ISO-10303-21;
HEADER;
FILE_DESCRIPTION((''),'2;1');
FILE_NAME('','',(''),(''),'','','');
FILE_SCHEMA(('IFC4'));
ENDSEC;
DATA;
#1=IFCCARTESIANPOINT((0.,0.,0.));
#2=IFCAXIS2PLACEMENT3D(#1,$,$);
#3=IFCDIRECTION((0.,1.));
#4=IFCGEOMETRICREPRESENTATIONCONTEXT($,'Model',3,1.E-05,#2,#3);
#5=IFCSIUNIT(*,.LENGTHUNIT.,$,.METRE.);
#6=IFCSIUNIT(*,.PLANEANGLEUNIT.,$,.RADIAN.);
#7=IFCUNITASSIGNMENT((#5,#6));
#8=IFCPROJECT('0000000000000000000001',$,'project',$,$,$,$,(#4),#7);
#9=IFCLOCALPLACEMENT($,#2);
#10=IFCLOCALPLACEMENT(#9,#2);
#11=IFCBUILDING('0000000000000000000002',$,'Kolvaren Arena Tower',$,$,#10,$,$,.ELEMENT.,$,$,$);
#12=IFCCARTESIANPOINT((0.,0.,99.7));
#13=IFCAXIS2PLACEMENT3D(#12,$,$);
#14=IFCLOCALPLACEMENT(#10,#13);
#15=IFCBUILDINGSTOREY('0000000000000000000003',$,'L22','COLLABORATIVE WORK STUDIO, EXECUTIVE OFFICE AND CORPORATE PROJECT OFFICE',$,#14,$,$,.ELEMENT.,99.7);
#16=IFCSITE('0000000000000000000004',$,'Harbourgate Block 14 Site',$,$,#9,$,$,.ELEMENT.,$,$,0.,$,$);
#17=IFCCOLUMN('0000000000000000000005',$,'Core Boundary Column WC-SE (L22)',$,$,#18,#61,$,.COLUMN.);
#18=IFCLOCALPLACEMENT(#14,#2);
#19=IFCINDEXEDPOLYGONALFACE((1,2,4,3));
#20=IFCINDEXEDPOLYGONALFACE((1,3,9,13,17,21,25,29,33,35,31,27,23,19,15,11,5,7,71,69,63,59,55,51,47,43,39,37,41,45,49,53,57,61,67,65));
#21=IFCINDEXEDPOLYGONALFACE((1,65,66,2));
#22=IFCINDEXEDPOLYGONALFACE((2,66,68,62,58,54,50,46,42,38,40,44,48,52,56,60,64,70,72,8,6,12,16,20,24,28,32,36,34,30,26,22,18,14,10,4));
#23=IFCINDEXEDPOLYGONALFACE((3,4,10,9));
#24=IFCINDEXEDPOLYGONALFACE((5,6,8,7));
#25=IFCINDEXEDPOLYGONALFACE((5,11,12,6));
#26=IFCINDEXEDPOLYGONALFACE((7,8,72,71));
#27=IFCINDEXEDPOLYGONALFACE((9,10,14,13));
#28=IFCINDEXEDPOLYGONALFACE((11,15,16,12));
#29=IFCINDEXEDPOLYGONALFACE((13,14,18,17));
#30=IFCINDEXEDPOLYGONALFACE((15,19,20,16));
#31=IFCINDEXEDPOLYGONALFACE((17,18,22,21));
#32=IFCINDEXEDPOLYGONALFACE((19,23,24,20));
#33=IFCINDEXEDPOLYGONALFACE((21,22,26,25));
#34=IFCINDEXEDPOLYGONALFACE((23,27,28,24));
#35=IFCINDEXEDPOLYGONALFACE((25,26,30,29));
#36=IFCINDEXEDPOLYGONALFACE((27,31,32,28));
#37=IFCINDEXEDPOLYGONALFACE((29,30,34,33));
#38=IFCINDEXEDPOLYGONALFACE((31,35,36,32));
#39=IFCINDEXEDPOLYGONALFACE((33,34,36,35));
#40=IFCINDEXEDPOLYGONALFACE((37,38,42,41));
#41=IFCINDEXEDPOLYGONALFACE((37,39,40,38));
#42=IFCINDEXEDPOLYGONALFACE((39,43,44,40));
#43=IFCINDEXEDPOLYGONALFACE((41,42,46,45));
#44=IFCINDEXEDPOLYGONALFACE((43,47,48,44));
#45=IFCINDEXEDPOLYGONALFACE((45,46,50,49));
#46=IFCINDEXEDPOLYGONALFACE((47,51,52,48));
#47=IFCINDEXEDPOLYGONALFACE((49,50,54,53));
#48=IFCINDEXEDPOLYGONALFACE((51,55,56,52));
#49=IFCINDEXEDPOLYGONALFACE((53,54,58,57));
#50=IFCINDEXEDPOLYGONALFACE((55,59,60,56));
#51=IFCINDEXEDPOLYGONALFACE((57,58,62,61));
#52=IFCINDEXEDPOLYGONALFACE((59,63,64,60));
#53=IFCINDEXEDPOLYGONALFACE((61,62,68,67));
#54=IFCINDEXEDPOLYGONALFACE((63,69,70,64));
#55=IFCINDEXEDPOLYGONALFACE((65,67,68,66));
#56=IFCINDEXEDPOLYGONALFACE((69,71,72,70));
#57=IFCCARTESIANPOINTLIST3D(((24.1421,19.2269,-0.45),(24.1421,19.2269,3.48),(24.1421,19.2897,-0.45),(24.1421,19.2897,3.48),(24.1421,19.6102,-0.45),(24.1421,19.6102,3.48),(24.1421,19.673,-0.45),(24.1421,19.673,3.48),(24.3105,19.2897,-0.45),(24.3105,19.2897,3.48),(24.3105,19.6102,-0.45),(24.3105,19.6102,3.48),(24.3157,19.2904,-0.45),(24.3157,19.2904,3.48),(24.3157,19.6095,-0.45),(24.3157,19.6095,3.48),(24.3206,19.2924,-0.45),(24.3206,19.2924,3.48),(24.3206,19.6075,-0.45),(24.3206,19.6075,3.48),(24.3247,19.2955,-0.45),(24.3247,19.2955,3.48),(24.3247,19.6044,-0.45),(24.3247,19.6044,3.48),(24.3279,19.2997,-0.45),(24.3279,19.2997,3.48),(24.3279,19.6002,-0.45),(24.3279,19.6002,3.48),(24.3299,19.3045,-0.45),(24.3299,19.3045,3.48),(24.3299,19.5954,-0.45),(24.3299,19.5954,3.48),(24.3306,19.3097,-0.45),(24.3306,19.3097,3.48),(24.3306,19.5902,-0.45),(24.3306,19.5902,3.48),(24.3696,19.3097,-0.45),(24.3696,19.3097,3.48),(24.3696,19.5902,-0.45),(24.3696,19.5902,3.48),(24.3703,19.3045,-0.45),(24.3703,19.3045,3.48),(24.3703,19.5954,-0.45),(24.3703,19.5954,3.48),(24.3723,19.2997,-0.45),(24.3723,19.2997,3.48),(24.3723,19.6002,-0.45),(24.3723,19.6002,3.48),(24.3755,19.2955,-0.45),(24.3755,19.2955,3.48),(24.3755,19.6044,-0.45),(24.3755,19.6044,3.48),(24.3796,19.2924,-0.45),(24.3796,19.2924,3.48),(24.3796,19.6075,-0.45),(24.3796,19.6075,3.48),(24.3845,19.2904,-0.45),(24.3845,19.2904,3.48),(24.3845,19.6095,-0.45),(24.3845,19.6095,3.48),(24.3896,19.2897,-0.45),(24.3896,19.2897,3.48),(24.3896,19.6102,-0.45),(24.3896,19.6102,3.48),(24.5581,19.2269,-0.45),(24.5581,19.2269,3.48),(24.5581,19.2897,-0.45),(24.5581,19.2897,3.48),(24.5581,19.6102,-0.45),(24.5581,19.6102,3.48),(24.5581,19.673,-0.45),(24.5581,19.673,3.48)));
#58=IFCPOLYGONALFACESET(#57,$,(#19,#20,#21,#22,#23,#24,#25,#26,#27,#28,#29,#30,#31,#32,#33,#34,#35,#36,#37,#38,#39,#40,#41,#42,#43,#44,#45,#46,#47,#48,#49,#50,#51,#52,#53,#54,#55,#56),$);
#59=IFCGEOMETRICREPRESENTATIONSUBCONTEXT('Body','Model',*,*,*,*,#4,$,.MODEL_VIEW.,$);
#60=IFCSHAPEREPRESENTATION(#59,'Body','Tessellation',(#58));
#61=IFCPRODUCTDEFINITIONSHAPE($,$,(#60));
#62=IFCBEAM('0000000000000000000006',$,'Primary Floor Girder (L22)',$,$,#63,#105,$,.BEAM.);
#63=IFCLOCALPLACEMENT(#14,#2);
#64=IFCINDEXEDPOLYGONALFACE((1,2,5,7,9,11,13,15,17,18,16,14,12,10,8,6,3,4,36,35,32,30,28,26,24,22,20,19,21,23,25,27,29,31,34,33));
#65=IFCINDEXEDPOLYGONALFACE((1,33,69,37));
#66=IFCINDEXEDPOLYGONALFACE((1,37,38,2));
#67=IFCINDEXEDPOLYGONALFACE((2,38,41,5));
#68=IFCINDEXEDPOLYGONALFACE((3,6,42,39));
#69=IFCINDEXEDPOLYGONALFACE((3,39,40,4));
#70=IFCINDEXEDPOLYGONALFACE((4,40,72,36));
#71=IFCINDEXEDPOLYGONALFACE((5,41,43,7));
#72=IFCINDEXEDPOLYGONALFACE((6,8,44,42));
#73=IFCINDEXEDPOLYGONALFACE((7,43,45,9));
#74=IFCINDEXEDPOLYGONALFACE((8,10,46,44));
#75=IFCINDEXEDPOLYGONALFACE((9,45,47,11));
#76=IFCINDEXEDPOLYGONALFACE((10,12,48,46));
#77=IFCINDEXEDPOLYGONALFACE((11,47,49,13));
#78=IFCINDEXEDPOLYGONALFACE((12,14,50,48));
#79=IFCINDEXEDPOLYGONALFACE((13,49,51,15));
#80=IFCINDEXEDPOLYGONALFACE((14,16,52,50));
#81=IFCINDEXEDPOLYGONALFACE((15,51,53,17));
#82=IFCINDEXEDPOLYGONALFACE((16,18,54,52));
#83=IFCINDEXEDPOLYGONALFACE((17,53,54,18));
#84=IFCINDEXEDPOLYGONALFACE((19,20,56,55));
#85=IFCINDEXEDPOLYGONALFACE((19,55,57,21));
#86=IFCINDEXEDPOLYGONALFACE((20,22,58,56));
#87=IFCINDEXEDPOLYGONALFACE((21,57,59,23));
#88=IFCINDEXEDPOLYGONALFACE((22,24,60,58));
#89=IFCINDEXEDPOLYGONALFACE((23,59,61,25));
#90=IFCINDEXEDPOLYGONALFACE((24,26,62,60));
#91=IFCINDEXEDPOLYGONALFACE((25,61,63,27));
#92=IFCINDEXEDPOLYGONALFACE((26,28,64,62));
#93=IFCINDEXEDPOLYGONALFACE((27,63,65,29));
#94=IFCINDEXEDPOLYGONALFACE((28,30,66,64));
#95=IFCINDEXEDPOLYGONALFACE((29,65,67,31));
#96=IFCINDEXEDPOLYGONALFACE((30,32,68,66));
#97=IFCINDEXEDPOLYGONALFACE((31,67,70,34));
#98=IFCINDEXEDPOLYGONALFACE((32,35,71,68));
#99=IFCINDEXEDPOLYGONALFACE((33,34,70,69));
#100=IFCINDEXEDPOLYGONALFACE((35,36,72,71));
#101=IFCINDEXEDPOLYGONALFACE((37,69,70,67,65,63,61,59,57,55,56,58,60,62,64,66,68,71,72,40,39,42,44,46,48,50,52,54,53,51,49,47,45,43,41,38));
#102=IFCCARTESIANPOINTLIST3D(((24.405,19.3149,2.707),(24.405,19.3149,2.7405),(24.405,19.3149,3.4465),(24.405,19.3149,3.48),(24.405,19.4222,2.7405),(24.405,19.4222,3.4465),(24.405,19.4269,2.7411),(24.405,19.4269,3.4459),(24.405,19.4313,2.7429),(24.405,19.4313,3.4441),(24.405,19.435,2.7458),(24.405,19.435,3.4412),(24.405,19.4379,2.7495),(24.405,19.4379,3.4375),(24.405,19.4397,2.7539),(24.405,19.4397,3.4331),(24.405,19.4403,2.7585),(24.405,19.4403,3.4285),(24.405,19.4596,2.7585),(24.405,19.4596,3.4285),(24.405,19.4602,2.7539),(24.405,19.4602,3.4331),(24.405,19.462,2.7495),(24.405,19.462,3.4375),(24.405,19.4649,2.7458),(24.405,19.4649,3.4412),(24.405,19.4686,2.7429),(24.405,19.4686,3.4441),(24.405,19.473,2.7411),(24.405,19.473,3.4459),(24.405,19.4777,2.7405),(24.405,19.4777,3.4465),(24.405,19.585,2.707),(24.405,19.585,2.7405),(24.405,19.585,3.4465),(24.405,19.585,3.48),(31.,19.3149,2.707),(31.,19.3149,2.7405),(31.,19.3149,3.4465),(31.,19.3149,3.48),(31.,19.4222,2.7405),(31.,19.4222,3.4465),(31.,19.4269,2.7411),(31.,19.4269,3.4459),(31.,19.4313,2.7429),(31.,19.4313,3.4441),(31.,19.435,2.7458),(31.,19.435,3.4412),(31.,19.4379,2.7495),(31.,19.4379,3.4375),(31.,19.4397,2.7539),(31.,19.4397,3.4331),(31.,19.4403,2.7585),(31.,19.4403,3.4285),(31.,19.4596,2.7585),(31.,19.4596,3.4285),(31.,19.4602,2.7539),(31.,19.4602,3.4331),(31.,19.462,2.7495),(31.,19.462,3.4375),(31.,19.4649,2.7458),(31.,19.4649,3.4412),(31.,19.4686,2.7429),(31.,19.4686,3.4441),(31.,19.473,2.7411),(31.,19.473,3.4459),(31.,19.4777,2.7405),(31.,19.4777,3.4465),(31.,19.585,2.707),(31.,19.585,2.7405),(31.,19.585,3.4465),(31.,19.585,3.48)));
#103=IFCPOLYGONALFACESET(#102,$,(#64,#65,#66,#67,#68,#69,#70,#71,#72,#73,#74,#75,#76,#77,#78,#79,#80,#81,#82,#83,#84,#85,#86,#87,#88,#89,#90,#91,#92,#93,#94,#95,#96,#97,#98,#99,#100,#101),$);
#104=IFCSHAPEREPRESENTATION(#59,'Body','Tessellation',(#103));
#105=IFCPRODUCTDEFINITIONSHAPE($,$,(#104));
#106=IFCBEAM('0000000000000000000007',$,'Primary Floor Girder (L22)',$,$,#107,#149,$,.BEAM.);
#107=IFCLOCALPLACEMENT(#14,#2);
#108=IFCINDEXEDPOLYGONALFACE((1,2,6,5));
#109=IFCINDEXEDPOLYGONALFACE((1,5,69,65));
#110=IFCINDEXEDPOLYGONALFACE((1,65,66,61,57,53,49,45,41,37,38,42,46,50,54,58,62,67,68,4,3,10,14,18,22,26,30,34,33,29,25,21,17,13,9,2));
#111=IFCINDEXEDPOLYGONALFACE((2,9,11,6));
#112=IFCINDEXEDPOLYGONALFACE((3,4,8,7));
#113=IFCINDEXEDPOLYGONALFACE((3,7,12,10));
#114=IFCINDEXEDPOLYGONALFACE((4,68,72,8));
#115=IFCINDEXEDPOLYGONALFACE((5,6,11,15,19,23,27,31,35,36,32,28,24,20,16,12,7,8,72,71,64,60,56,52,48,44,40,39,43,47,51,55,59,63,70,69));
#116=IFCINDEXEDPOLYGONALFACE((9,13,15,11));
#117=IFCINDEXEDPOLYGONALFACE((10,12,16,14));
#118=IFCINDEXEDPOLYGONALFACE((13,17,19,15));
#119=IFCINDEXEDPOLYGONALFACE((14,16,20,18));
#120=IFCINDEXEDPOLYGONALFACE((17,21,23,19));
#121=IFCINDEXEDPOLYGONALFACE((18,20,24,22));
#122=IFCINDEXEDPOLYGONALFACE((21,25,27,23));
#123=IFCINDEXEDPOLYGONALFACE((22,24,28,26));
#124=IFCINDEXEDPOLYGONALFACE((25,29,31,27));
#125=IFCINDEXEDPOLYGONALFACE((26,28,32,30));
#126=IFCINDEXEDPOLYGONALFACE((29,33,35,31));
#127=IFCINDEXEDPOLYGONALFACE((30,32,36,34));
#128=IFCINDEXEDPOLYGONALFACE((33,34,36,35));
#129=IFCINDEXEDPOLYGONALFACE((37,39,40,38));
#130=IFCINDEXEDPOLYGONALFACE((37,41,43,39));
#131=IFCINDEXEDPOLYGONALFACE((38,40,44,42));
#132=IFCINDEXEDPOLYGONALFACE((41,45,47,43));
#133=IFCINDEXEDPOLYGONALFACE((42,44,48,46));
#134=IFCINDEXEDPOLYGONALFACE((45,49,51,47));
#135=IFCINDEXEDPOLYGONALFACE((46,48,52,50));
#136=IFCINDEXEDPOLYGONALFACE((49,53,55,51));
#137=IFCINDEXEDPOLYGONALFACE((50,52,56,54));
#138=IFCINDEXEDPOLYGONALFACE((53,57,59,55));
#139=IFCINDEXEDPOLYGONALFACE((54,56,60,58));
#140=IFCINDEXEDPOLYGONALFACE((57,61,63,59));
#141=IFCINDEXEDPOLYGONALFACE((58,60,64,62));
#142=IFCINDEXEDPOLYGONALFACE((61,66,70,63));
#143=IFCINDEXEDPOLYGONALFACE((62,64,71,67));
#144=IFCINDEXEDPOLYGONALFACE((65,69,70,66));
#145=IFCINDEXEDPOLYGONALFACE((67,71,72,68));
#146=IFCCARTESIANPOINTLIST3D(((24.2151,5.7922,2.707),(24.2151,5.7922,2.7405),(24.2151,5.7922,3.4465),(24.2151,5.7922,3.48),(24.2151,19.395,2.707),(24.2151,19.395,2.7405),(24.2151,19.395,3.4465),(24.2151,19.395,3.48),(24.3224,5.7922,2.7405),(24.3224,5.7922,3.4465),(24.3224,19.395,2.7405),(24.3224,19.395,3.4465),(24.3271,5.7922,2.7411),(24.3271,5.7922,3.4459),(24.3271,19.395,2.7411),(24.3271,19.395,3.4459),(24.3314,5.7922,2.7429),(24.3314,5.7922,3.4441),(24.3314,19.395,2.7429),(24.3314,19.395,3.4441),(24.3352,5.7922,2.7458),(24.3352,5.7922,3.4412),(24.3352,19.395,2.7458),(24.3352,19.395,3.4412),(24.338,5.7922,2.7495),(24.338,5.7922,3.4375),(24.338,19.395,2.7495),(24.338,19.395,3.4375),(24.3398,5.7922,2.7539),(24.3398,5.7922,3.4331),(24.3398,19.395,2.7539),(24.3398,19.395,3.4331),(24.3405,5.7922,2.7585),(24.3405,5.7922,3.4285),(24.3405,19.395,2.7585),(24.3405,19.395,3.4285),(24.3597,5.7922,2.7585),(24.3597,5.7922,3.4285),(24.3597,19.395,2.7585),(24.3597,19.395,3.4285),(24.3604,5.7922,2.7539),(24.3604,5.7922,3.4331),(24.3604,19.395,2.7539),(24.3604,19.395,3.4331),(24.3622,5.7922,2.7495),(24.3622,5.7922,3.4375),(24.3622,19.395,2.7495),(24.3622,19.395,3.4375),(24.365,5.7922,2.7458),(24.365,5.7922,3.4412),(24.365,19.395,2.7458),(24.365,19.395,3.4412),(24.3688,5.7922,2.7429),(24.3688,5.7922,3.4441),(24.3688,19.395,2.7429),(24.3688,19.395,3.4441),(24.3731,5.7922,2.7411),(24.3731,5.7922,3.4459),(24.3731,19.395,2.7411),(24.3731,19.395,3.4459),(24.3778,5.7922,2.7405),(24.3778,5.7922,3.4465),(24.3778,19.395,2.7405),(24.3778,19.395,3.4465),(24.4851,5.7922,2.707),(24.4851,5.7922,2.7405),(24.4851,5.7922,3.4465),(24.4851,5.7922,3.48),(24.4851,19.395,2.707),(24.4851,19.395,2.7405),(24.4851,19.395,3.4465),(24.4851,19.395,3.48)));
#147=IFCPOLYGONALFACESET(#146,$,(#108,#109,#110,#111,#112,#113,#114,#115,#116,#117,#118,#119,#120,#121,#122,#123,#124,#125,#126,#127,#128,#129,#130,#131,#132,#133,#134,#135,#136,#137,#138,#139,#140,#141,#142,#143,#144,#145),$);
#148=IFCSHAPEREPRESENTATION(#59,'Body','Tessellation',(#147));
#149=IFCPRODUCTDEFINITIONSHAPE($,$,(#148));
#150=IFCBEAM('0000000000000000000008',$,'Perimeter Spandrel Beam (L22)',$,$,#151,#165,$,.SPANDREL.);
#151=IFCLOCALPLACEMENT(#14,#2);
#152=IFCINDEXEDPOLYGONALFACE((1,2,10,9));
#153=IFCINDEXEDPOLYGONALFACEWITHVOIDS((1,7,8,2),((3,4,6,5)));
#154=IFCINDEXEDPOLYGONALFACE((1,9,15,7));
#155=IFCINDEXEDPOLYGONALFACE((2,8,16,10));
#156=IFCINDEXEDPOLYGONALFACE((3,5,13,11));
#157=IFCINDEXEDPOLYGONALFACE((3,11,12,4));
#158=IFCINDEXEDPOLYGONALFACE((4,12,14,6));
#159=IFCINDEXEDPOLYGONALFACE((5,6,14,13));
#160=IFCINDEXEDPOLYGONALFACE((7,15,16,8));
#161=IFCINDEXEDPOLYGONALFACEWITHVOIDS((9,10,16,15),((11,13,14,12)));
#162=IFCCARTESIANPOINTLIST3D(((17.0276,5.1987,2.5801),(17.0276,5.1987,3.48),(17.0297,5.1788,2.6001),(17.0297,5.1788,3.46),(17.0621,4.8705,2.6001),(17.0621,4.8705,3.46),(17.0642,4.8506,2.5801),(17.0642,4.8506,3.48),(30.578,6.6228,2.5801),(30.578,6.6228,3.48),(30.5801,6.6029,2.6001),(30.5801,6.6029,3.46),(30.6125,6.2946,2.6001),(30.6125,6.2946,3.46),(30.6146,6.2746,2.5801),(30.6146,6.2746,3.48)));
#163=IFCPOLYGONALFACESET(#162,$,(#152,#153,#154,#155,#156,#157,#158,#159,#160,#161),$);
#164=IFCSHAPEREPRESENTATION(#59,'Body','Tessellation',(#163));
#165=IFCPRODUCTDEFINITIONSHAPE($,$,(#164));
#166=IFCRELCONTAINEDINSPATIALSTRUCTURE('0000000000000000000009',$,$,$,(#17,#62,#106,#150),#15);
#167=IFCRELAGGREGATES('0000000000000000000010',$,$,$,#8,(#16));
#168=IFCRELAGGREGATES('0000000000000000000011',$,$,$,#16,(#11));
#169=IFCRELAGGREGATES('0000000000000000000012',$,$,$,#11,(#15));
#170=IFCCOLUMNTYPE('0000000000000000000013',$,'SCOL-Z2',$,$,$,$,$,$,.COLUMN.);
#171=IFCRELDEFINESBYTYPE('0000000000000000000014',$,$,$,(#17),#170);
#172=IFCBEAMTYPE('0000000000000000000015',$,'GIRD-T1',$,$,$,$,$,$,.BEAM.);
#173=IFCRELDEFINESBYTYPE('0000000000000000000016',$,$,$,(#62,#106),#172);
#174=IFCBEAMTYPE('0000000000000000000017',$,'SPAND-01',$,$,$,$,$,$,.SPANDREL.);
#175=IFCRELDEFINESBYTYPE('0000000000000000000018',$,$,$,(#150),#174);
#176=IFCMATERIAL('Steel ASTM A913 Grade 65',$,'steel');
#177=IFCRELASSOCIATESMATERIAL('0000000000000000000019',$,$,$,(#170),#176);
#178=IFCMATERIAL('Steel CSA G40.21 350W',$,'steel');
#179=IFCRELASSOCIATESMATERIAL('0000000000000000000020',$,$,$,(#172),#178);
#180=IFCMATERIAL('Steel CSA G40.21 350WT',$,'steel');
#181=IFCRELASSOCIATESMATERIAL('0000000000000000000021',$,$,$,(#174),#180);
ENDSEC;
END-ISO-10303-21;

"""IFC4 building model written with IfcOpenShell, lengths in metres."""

from ifc_helpers import new_model, si_unit, direction, frame, origin, origin_2d, place, context, subcontext, project, spatial, hollow_rectangle, i_section, extrude, material, material_profile, profile_set, type_object, element, save


model = new_model("IFC4")

# Units and contexts
model_context = context("Model", 3, precision=1e-05, world=origin(), true_north=direction((0.0, 1.0)))
body_context = subcontext(model_context, "Body", "Model", "MODEL_VIEW")
ifc_project = project(units=[si_unit("LENGTHUNIT", "METRE"), si_unit("PLANEANGLEUNIT", "RADIAN")], contexts=[model_context])

# Site, building, storey
site_placement = place(None, origin())
site = spatial("IfcSite", under=ifc_project, at=site_placement, Name="Harbourgate Block 14 Site", CompositionType="ELEMENT", RefElevation=0.0)
building_placement = place(site_placement, origin())
building = spatial("IfcBuilding", under=site, at=building_placement, Name="Kolvaren Arena Tower", CompositionType="ELEMENT")
storey_placement = place(building_placement, frame((0.0, 0.0, 99.7)))
storey = spatial("IfcBuildingStorey", under=building, at=storey_placement, Name="L22", Description="COLLABORATIVE WORK STUDIO, EXECUTIVE OFFICE AND CORPORATE PROJECT OFFICE", CompositionType="ELEMENT", Elevation=99.7)

# Column
ifc_material_1 = material(Name="Steel ASTM A913 Grade 65", Category="steel")
ifc_material_profile_1 = material_profile(ifc_material_1, i_section(OverallWidth=0.416, OverallDepth=0.446, WebThickness=0.0391, FlangeThickness=0.0627, FilletRadius=0.02, at=origin_2d()), Name="W360x509")
ifc_profile_set_1 = profile_set([ifc_material_profile_1], Name="Steel ASTM A913 Grade 65")
column_type = type_object("IfcColumnType", Name="SCOL-Z2", PredefinedType="COLUMN", material=ifc_profile_set_1)
column_placement = place(storey_placement, frame((24.3501, 19.45, -0.45), z_axis=(0.0, 0.0, 1.0), x_axis=(1.0, 0.0, 0.0)))
element("IfcColumn", 1, at=column_placement, inside=storey, type_object=column_type, Name="Core Boundary Column WC-SE (L22)", PredefinedType="COLUMN", context=body_context, shape_type="SweptSolid", body=[
    extrude(i_section(OverallWidth=0.416, OverallDepth=0.446, WebThickness=0.0391, FlangeThickness=0.0627, FilletRadius=0.02, at=origin_2d()), origin(), (0.0, 0.0, 1.0), 3.9299),
])

# Beams
ifc_material_2 = material(Name="Steel CSA G40.21 350W", Category="steel")
ifc_material_profile_2 = material_profile(ifc_material_2, i_section(OverallWidth=0.27, OverallDepth=0.7729, WebThickness=0.0193, FlangeThickness=0.0334, FilletRadius=0.0181, at=origin_2d()), Name="W760x257")
ifc_profile_set_2 = profile_set([ifc_material_profile_2], Name="Steel CSA G40.21 350W")
beam_type_1 = type_object("IfcBeamType", Name="GIRD-T1", PredefinedType="BEAM", material=ifc_profile_set_2)
beam_1_placement = place(storey_placement, frame((24.405, 19.45, 3.0935), z_axis=(1.0, 0.0, 0.0), x_axis=(0.0, 1.0, 0.0)))
element("IfcBeam", 2, at=beam_1_placement, inside=storey, type_object=beam_type_1, Name="Primary Floor Girder (L22)", PredefinedType="BEAM", context=body_context, shape_type="SweptSolid", body=[
    extrude(i_section(OverallWidth=0.27, OverallDepth=0.7729, WebThickness=0.0193, FlangeThickness=0.0334, FilletRadius=0.0181, at=origin_2d()), origin(), (0.0, 0.0, 1.0), 6.595),
])
beam_2_placement = place(storey_placement, frame((24.3501, 5.7922, 3.0935), z_axis=(0.0, 1.0, 0.0), x_axis=(-1.0, 0.0, 0.0)))
element("IfcBeam", 3, at=beam_2_placement, inside=storey, type_object=beam_type_1, Name="Primary Floor Girder (L22)", PredefinedType="BEAM", context=body_context, shape_type="SweptSolid", body=[
    extrude(i_section(OverallWidth=0.27, OverallDepth=0.7729, WebThickness=0.0193, FlangeThickness=0.0334, FilletRadius=0.0181, at=origin_2d()), origin(), (0.0, 0.0, 1.0), 13.6028),
])
ifc_material_3 = material(Name="Steel CSA G40.21 350WT", Category="steel")
ifc_material_profile_3 = material_profile(ifc_material_3, hollow_rectangle(XDim=0.3501, YDim=0.8999, WallThickness=0.02, at=origin_2d()), Name="HSS 900x350x20")
ifc_profile_set_3 = profile_set([ifc_material_profile_3], Name="Steel CSA G40.21 350WT")
beam_type_2 = type_object("IfcBeamType", Name="SPAND-01", PredefinedType="SPANDREL", material=ifc_profile_set_3)
beam_3_placement = place(storey_placement, frame((17.0459, 5.0247, 3.03), z_axis=(0.994523, 0.10452, 0.0), x_axis=(-0.10452, 0.994523, 0.0)))
element("IfcBeam", 4, at=beam_3_placement, inside=storey, type_object=beam_type_2, Name="Perimeter Spandrel Beam (L22)", PredefinedType="SPANDREL", context=body_context, shape_type="SweptSolid", body=[
    extrude(hollow_rectangle(XDim=0.3501, YDim=0.8999, WallThickness=0.02, at=origin_2d()), origin(), (0.0, 0.0, 1.0), 13.625),
])

save(model, "model.ifc")
